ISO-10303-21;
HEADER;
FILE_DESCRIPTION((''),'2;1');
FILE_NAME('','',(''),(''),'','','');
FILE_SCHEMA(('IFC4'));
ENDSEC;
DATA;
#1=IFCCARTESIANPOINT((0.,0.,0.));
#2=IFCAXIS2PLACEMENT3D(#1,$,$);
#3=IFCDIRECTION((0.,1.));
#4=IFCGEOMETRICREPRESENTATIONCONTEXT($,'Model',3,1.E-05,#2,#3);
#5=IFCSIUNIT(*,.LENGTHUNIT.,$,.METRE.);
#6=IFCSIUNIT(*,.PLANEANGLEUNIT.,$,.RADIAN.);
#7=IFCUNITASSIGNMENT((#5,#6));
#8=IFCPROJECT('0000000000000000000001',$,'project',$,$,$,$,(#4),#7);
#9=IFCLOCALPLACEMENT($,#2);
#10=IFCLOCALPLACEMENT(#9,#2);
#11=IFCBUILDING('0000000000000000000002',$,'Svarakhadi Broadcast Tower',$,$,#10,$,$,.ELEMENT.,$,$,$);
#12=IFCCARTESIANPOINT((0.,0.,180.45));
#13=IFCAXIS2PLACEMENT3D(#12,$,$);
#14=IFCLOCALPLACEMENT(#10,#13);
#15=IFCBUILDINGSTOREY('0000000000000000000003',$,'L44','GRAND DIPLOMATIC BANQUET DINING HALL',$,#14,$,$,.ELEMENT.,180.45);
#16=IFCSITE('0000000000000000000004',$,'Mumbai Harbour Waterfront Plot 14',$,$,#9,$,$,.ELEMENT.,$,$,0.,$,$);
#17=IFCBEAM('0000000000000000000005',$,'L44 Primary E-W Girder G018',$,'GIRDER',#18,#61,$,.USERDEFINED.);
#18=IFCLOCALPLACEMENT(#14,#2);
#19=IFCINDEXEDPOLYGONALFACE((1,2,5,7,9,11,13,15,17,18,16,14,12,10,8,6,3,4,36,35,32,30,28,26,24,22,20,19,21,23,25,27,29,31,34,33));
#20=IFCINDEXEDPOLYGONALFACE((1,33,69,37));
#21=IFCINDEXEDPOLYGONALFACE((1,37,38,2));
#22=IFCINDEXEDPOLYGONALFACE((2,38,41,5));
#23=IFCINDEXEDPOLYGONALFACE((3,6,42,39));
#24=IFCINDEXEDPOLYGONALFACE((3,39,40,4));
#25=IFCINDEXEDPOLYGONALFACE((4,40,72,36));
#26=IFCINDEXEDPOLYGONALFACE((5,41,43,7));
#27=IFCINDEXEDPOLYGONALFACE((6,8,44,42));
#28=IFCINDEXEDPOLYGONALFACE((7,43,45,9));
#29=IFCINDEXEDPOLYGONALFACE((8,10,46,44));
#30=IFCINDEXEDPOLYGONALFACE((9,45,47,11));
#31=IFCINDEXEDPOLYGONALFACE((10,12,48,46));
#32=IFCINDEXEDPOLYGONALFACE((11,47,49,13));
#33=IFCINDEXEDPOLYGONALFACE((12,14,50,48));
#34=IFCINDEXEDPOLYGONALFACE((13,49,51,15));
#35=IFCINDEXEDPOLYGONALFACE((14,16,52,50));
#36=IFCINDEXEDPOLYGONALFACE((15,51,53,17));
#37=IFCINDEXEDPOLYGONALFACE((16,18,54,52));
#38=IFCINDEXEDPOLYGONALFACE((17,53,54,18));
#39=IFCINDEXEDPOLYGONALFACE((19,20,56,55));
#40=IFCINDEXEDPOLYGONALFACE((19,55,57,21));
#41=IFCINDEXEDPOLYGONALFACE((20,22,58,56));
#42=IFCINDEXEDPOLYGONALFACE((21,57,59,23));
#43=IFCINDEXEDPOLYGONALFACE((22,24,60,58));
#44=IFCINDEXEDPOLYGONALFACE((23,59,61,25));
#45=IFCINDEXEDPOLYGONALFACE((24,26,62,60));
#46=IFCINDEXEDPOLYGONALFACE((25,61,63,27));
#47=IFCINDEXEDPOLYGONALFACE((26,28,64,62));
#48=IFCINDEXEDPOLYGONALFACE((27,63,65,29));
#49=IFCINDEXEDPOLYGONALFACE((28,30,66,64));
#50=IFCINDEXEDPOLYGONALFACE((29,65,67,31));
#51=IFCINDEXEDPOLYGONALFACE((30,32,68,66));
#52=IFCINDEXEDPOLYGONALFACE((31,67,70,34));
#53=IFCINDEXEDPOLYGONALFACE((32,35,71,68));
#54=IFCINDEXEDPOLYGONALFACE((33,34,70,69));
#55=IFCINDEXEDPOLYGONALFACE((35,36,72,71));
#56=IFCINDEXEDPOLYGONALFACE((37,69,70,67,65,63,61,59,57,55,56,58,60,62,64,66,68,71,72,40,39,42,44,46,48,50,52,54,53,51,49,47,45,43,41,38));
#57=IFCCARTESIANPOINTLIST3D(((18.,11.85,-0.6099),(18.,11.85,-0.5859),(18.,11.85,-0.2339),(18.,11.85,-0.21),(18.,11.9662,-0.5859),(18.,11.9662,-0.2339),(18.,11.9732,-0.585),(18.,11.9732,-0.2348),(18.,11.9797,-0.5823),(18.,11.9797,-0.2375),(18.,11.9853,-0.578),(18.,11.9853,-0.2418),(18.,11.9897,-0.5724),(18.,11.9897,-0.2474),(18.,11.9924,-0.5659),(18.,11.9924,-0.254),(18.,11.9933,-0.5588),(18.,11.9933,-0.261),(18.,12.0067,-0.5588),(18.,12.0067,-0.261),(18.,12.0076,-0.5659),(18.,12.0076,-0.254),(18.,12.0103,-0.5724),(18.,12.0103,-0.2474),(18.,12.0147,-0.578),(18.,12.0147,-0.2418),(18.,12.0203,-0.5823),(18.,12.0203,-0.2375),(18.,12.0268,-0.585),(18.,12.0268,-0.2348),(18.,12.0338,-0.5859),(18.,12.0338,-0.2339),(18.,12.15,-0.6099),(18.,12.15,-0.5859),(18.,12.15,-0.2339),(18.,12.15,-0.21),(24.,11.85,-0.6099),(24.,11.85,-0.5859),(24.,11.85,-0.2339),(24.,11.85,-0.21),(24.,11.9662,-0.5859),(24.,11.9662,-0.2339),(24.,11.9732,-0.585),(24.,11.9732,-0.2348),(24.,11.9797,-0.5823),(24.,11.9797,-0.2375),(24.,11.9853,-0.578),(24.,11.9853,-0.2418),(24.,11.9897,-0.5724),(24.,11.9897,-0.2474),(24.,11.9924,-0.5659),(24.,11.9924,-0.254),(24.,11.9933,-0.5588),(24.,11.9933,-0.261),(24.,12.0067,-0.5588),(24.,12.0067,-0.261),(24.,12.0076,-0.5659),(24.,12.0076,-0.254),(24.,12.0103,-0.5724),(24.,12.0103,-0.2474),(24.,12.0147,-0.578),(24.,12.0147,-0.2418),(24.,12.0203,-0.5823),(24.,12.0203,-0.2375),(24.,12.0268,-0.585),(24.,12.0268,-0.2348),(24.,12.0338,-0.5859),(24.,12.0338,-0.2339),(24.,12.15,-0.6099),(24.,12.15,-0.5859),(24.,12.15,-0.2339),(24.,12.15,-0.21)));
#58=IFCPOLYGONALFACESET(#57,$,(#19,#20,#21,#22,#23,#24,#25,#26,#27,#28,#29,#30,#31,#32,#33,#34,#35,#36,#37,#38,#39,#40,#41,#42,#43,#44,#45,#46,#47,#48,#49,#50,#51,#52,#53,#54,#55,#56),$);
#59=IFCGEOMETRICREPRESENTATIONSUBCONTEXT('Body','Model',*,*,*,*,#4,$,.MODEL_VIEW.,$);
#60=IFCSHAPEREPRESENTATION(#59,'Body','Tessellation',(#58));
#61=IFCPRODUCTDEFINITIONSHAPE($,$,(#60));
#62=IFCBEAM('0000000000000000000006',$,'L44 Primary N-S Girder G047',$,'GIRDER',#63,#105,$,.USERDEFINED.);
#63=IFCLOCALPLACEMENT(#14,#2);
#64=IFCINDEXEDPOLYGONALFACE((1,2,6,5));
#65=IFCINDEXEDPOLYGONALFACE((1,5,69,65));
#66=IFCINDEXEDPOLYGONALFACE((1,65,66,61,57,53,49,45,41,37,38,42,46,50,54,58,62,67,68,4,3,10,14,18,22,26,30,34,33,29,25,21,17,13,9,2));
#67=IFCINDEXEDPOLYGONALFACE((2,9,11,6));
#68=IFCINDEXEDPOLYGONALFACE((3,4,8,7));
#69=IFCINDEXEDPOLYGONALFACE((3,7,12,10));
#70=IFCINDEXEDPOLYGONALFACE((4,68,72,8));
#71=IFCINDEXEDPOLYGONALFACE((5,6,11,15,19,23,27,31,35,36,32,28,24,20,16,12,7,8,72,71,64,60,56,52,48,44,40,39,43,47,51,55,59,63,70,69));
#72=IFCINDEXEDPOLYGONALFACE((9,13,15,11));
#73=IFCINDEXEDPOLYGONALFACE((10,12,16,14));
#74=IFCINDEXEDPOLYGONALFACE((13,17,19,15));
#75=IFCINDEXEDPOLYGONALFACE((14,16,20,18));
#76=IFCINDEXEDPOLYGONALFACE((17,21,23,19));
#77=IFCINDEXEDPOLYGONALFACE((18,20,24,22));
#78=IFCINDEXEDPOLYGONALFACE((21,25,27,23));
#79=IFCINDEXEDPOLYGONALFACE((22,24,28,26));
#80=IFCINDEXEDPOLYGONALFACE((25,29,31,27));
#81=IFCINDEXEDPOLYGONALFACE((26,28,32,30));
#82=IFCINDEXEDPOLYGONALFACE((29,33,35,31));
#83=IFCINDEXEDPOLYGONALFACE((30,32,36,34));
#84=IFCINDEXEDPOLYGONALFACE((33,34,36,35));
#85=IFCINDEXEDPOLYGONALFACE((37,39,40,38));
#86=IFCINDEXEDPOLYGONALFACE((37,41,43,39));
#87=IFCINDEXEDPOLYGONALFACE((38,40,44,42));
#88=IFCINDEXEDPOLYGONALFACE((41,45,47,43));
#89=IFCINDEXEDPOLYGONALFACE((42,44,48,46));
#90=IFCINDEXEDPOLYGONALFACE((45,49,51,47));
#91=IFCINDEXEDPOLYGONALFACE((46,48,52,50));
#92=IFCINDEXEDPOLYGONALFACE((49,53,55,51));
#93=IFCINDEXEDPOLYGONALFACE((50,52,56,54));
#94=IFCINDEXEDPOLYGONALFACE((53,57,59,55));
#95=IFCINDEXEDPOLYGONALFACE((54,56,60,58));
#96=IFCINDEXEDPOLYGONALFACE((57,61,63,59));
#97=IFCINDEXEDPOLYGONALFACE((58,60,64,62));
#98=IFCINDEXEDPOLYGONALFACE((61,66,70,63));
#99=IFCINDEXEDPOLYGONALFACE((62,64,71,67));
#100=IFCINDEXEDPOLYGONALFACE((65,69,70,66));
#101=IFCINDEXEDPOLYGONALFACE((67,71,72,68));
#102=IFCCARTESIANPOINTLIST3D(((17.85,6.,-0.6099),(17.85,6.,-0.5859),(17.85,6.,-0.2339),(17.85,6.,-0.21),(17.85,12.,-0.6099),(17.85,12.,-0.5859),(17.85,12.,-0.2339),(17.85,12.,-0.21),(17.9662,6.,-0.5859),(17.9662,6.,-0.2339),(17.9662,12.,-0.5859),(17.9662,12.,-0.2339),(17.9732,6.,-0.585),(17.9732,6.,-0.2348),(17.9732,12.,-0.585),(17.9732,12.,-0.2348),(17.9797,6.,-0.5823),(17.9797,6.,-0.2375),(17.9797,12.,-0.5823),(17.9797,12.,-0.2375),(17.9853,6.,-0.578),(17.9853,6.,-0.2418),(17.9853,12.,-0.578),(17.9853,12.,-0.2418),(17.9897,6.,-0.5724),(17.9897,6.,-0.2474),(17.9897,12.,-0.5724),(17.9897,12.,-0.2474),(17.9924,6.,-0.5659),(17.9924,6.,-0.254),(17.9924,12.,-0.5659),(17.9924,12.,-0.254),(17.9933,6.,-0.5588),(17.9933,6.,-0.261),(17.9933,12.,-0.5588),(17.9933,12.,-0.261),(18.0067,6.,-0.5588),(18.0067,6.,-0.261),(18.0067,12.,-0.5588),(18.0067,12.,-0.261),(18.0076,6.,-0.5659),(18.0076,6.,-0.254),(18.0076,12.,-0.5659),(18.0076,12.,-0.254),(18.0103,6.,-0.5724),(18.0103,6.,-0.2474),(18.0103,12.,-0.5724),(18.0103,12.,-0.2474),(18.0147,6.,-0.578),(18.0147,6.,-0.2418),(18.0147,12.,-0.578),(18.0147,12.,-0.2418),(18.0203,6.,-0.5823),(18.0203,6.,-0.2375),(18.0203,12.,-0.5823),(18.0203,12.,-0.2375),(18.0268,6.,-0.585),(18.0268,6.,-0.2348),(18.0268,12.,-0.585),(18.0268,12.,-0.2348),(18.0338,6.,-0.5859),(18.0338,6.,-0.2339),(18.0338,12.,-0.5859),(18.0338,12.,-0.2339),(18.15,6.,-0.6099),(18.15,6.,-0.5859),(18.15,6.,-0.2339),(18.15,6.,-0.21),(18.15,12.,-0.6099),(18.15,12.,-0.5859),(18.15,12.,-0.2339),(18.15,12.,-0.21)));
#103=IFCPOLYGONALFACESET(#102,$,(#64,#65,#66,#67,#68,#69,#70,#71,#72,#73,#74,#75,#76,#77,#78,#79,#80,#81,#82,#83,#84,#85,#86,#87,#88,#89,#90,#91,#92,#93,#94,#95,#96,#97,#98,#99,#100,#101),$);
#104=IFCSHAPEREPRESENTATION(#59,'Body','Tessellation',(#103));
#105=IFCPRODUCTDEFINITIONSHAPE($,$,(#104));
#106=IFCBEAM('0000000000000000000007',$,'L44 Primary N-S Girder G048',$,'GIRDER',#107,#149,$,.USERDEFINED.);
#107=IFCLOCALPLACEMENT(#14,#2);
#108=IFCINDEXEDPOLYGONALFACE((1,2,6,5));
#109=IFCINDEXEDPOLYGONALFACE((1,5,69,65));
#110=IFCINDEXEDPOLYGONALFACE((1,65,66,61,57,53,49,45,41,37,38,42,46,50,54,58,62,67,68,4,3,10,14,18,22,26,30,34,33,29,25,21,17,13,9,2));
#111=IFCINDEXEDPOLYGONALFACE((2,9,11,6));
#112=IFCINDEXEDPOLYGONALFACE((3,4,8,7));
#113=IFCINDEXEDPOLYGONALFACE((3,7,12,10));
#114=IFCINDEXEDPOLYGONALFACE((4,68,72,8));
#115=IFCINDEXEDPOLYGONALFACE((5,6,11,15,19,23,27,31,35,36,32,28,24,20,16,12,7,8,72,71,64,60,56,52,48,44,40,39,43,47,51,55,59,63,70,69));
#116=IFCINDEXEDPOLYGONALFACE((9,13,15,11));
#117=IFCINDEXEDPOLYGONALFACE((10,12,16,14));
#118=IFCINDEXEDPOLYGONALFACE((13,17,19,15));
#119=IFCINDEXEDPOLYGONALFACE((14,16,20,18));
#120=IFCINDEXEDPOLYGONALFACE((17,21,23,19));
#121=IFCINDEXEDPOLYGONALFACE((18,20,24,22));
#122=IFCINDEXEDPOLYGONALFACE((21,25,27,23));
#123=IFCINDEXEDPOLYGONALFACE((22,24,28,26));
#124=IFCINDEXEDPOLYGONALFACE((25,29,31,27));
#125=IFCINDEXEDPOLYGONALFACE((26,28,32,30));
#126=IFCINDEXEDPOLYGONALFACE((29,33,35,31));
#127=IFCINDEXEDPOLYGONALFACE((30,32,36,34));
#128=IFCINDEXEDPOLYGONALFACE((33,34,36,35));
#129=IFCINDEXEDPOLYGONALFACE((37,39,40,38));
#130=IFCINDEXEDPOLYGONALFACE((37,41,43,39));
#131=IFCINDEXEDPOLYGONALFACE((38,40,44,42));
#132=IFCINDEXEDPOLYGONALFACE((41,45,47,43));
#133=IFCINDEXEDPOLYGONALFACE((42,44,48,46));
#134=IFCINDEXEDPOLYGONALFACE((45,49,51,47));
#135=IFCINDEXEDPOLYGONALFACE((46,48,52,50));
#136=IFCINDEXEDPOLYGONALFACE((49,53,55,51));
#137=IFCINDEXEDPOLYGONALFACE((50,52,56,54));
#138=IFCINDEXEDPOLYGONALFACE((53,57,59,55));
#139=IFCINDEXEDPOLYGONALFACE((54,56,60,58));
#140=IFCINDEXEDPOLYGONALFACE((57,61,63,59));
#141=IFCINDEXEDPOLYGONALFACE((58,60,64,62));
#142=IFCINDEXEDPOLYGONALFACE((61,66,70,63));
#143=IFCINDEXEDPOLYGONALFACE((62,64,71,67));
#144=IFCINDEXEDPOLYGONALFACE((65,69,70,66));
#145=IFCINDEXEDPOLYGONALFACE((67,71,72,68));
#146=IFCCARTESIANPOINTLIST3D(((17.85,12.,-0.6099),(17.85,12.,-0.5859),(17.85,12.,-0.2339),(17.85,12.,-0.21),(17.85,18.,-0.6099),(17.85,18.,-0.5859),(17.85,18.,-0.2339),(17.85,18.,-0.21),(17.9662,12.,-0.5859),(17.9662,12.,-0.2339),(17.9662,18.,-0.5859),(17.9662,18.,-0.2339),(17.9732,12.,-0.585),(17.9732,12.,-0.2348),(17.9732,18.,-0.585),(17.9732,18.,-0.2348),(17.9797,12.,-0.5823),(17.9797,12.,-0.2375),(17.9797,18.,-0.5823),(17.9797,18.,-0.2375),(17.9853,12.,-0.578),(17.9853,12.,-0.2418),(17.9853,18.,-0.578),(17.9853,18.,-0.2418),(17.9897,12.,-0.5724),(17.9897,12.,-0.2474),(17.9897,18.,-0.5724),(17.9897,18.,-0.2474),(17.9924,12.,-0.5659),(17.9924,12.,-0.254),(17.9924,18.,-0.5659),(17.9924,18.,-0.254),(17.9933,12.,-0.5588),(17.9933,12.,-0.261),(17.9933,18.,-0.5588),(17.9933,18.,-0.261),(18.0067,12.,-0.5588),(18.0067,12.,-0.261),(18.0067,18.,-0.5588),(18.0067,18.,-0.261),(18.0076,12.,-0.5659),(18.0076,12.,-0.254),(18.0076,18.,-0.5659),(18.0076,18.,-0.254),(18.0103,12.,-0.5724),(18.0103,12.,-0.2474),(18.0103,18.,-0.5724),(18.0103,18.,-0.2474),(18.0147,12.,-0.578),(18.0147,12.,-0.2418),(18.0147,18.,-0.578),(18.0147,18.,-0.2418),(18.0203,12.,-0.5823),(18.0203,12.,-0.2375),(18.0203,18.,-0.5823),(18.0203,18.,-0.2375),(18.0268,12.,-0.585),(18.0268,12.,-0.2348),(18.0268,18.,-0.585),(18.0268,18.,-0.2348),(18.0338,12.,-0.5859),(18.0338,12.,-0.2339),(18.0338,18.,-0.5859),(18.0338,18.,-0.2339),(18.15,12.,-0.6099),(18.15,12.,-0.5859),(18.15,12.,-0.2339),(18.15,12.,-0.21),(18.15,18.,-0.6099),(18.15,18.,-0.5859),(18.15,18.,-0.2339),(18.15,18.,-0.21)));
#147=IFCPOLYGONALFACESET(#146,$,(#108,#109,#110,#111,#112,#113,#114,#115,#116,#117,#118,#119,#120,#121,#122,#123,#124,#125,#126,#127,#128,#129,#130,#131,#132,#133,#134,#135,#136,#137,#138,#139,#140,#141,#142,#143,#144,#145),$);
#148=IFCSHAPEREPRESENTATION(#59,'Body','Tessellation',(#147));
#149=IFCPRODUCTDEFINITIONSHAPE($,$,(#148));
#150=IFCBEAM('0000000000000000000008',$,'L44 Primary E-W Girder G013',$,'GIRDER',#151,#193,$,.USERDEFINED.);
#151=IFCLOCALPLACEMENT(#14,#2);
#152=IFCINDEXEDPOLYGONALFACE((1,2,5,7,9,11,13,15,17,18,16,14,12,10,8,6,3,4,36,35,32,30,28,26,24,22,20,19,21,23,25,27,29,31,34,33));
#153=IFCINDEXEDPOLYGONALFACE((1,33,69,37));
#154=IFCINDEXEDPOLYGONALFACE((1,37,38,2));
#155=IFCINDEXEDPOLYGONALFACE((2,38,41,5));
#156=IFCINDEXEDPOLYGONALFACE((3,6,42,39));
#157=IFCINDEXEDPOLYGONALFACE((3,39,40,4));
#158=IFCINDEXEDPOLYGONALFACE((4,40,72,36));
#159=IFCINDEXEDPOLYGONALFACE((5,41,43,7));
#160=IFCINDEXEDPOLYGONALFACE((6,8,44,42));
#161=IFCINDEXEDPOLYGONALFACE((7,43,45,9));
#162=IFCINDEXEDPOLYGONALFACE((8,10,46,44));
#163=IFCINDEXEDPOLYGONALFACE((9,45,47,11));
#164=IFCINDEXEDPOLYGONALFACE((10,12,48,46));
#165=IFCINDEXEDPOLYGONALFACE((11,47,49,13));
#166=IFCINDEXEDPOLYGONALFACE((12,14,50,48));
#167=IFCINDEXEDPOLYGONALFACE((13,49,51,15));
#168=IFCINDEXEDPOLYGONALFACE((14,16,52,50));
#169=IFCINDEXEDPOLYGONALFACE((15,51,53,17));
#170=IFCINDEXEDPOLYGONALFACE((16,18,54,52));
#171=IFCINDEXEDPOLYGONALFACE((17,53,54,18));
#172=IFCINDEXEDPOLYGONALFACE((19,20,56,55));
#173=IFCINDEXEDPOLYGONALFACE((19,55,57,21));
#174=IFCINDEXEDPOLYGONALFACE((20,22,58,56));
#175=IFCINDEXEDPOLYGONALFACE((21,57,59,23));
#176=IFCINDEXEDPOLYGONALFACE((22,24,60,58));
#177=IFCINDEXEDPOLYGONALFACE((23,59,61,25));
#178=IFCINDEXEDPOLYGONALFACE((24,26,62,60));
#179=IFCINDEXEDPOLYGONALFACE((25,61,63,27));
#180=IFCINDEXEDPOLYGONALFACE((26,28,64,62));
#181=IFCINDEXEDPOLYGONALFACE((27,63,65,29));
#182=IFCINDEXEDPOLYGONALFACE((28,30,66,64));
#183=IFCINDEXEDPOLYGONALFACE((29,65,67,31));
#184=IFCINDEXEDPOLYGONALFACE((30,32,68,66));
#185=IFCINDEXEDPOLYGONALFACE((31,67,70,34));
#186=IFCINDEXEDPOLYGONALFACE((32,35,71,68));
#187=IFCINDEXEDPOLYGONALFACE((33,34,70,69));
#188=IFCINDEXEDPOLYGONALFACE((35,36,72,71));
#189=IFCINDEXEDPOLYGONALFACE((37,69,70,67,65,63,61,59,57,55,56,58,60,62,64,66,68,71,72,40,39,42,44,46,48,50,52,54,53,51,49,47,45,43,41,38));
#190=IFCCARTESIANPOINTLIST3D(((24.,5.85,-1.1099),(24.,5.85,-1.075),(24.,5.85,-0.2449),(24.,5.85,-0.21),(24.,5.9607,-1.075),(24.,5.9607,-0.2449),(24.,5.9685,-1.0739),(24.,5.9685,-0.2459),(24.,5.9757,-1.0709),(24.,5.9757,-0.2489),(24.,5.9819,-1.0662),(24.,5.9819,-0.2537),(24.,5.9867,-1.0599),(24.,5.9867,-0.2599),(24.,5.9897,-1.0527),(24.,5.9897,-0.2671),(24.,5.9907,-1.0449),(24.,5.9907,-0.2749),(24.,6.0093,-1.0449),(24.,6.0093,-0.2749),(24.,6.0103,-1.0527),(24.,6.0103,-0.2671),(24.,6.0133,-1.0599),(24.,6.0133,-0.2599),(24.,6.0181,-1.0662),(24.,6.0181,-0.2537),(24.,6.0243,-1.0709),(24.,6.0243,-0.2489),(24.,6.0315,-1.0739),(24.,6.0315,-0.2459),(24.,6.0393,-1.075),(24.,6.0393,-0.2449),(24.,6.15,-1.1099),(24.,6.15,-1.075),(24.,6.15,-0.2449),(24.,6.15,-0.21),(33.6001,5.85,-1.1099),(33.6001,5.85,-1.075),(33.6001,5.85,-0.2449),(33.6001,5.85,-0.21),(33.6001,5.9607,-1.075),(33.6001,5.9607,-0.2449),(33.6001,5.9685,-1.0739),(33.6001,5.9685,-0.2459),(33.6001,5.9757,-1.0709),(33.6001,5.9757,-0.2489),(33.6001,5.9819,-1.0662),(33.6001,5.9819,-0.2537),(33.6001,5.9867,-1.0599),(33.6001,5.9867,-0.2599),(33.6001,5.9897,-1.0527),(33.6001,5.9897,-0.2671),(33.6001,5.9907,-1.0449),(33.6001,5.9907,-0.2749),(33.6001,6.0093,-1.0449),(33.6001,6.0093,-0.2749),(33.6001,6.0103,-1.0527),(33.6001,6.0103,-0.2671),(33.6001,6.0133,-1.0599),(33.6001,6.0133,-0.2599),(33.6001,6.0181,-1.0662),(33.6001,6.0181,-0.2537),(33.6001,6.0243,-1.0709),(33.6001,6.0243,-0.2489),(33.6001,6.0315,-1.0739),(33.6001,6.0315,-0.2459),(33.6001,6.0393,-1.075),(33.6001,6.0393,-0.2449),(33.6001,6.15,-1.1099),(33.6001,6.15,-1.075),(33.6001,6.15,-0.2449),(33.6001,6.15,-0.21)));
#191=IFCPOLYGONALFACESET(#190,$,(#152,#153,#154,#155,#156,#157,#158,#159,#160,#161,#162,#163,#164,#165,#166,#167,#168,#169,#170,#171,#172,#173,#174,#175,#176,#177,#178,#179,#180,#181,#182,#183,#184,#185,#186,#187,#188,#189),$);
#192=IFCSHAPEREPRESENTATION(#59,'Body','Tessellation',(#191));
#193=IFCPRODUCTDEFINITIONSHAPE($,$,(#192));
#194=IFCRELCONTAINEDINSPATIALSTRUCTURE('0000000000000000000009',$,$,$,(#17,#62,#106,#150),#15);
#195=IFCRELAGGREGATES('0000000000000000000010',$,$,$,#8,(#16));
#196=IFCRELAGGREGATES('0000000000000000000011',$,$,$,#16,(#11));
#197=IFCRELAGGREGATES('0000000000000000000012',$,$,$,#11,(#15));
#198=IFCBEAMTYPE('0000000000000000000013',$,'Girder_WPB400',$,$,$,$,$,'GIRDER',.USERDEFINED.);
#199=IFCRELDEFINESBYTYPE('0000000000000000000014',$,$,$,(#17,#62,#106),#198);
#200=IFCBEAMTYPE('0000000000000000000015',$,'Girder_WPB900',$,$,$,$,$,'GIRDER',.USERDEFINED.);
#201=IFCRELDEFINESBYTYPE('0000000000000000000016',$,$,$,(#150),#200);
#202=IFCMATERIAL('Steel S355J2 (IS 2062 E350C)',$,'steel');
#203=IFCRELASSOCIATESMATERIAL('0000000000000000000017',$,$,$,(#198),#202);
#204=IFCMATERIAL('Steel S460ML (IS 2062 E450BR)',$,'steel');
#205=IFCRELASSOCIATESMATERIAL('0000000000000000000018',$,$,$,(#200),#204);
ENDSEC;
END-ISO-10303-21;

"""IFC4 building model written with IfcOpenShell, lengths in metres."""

from ifc_helpers import new_model, si_unit, direction, frame, origin, origin_2d, place, context, subcontext, project, spatial, i_section, extrude, material, material_profile, profile_set, type_object, element, save


model = new_model("IFC4")

# Units and contexts
model_context = context("Model", 3, precision=1e-05, world=origin(), true_north=direction((0.0, 1.0)))
body_context = subcontext(model_context, "Body", "Model", "MODEL_VIEW")
ifc_project = project(units=[si_unit("LENGTHUNIT", "METRE"), si_unit("PLANEANGLEUNIT", "RADIAN")], contexts=[model_context])

# Site, building, storey
site_placement = place(None, origin())
site = spatial("IfcSite", under=ifc_project, at=site_placement, Name="Mumbai Harbour Waterfront Plot 14", CompositionType="ELEMENT", RefElevation=0.0)
building_placement = place(site_placement, origin())
building = spatial("IfcBuilding", under=site, at=building_placement, Name="Svarakhadi Broadcast Tower", CompositionType="ELEMENT")
storey_placement = place(building_placement, frame((0.0, 0.0, 180.45)))
storey = spatial("IfcBuildingStorey", under=building, at=storey_placement, Name="L44", Description="GRAND DIPLOMATIC BANQUET DINING HALL", CompositionType="ELEMENT", Elevation=180.45)

# Beams
ifc_material_1 = material(Name="Steel S355J2 (IS 2062 E350C)", Category="steel")
ifc_material_profile_1 = material_profile(ifc_material_1, i_section(OverallWidth=0.3, OverallDepth=0.3999, WebThickness=0.0134, FlangeThickness=0.0239, FilletRadius=0.0271, at=origin_2d()), Name="WPB 400x300x155")
ifc_profile_set_1 = profile_set([ifc_material_profile_1], Name="Steel S355J2 (IS 2062 E350C)")
beam_type_1 = type_object("IfcBeamType", Name="Girder_WPB400", ElementType="GIRDER", PredefinedType="USERDEFINED", material=ifc_profile_set_1)
for number, where, z_axis, x_axis, name in (
    (1, (18.0, 12.0, -0.4099), (1.0, 0.0, 0.0), (0.0, 1.0, 0.0), "L44 Primary E-W Girder G018"),
    (2, (18.0, 6.0, -0.4099), (0.0, 1.0, 0.0), (-1.0, 0.0, 0.0), "L44 Primary N-S Girder G047"),
    (3, (18.0, 12.0, -0.4099), (0.0, 1.0, 0.0), (-1.0, 0.0, 0.0), "L44 Primary N-S Girder G048"),
):
    element("IfcBeam", number, at=place(storey_placement, frame(where, z_axis=z_axis, x_axis=x_axis)), inside=storey, type_object=beam_type_1, Name=name, ObjectType="GIRDER", PredefinedType="USERDEFINED", context=body_context, shape_type="SweptSolid", body=[
        extrude(i_section(OverallWidth=0.3, OverallDepth=0.3999, WebThickness=0.0134, FlangeThickness=0.0239, FilletRadius=0.0271, at=origin_2d()), origin(), (0.0, 0.0, 1.0), 6.0),
    ])
ifc_material_2 = material(Name="Steel S460ML (IS 2062 E450BR)", Category="steel")
ifc_material_profile_2 = material_profile(ifc_material_2, i_section(OverallWidth=0.3, OverallDepth=0.8999, WebThickness=0.0186, FlangeThickness=0.0349, FilletRadius=0.03, at=origin_2d()), Name="WPB 900x300x291")
ifc_profile_set_2 = profile_set([ifc_material_profile_2], Name="Steel S460ML (IS 2062 E450BR)")
beam_type_2 = type_object("IfcBeamType", Name="Girder_WPB900", ElementType="GIRDER", PredefinedType="USERDEFINED", material=ifc_profile_set_2)
beam_placement = place(storey_placement, frame((24.0, 6.0, -0.6599), z_axis=(1.0, 0.0, 0.0), x_axis=(0.0, 1.0, 0.0)))
element("IfcBeam", 4, at=beam_placement, inside=storey, type_object=beam_type_2, Name="L44 Primary E-W Girder G013", ObjectType="GIRDER", PredefinedType="USERDEFINED", context=body_context, shape_type="SweptSolid", body=[
    extrude(i_section(OverallWidth=0.3, OverallDepth=0.8999, WebThickness=0.0186, FlangeThickness=0.0349, FilletRadius=0.03, at=origin_2d()), origin(), (0.0, 0.0, 1.0), 9.6001),
])

save(model, "model.ifc")
